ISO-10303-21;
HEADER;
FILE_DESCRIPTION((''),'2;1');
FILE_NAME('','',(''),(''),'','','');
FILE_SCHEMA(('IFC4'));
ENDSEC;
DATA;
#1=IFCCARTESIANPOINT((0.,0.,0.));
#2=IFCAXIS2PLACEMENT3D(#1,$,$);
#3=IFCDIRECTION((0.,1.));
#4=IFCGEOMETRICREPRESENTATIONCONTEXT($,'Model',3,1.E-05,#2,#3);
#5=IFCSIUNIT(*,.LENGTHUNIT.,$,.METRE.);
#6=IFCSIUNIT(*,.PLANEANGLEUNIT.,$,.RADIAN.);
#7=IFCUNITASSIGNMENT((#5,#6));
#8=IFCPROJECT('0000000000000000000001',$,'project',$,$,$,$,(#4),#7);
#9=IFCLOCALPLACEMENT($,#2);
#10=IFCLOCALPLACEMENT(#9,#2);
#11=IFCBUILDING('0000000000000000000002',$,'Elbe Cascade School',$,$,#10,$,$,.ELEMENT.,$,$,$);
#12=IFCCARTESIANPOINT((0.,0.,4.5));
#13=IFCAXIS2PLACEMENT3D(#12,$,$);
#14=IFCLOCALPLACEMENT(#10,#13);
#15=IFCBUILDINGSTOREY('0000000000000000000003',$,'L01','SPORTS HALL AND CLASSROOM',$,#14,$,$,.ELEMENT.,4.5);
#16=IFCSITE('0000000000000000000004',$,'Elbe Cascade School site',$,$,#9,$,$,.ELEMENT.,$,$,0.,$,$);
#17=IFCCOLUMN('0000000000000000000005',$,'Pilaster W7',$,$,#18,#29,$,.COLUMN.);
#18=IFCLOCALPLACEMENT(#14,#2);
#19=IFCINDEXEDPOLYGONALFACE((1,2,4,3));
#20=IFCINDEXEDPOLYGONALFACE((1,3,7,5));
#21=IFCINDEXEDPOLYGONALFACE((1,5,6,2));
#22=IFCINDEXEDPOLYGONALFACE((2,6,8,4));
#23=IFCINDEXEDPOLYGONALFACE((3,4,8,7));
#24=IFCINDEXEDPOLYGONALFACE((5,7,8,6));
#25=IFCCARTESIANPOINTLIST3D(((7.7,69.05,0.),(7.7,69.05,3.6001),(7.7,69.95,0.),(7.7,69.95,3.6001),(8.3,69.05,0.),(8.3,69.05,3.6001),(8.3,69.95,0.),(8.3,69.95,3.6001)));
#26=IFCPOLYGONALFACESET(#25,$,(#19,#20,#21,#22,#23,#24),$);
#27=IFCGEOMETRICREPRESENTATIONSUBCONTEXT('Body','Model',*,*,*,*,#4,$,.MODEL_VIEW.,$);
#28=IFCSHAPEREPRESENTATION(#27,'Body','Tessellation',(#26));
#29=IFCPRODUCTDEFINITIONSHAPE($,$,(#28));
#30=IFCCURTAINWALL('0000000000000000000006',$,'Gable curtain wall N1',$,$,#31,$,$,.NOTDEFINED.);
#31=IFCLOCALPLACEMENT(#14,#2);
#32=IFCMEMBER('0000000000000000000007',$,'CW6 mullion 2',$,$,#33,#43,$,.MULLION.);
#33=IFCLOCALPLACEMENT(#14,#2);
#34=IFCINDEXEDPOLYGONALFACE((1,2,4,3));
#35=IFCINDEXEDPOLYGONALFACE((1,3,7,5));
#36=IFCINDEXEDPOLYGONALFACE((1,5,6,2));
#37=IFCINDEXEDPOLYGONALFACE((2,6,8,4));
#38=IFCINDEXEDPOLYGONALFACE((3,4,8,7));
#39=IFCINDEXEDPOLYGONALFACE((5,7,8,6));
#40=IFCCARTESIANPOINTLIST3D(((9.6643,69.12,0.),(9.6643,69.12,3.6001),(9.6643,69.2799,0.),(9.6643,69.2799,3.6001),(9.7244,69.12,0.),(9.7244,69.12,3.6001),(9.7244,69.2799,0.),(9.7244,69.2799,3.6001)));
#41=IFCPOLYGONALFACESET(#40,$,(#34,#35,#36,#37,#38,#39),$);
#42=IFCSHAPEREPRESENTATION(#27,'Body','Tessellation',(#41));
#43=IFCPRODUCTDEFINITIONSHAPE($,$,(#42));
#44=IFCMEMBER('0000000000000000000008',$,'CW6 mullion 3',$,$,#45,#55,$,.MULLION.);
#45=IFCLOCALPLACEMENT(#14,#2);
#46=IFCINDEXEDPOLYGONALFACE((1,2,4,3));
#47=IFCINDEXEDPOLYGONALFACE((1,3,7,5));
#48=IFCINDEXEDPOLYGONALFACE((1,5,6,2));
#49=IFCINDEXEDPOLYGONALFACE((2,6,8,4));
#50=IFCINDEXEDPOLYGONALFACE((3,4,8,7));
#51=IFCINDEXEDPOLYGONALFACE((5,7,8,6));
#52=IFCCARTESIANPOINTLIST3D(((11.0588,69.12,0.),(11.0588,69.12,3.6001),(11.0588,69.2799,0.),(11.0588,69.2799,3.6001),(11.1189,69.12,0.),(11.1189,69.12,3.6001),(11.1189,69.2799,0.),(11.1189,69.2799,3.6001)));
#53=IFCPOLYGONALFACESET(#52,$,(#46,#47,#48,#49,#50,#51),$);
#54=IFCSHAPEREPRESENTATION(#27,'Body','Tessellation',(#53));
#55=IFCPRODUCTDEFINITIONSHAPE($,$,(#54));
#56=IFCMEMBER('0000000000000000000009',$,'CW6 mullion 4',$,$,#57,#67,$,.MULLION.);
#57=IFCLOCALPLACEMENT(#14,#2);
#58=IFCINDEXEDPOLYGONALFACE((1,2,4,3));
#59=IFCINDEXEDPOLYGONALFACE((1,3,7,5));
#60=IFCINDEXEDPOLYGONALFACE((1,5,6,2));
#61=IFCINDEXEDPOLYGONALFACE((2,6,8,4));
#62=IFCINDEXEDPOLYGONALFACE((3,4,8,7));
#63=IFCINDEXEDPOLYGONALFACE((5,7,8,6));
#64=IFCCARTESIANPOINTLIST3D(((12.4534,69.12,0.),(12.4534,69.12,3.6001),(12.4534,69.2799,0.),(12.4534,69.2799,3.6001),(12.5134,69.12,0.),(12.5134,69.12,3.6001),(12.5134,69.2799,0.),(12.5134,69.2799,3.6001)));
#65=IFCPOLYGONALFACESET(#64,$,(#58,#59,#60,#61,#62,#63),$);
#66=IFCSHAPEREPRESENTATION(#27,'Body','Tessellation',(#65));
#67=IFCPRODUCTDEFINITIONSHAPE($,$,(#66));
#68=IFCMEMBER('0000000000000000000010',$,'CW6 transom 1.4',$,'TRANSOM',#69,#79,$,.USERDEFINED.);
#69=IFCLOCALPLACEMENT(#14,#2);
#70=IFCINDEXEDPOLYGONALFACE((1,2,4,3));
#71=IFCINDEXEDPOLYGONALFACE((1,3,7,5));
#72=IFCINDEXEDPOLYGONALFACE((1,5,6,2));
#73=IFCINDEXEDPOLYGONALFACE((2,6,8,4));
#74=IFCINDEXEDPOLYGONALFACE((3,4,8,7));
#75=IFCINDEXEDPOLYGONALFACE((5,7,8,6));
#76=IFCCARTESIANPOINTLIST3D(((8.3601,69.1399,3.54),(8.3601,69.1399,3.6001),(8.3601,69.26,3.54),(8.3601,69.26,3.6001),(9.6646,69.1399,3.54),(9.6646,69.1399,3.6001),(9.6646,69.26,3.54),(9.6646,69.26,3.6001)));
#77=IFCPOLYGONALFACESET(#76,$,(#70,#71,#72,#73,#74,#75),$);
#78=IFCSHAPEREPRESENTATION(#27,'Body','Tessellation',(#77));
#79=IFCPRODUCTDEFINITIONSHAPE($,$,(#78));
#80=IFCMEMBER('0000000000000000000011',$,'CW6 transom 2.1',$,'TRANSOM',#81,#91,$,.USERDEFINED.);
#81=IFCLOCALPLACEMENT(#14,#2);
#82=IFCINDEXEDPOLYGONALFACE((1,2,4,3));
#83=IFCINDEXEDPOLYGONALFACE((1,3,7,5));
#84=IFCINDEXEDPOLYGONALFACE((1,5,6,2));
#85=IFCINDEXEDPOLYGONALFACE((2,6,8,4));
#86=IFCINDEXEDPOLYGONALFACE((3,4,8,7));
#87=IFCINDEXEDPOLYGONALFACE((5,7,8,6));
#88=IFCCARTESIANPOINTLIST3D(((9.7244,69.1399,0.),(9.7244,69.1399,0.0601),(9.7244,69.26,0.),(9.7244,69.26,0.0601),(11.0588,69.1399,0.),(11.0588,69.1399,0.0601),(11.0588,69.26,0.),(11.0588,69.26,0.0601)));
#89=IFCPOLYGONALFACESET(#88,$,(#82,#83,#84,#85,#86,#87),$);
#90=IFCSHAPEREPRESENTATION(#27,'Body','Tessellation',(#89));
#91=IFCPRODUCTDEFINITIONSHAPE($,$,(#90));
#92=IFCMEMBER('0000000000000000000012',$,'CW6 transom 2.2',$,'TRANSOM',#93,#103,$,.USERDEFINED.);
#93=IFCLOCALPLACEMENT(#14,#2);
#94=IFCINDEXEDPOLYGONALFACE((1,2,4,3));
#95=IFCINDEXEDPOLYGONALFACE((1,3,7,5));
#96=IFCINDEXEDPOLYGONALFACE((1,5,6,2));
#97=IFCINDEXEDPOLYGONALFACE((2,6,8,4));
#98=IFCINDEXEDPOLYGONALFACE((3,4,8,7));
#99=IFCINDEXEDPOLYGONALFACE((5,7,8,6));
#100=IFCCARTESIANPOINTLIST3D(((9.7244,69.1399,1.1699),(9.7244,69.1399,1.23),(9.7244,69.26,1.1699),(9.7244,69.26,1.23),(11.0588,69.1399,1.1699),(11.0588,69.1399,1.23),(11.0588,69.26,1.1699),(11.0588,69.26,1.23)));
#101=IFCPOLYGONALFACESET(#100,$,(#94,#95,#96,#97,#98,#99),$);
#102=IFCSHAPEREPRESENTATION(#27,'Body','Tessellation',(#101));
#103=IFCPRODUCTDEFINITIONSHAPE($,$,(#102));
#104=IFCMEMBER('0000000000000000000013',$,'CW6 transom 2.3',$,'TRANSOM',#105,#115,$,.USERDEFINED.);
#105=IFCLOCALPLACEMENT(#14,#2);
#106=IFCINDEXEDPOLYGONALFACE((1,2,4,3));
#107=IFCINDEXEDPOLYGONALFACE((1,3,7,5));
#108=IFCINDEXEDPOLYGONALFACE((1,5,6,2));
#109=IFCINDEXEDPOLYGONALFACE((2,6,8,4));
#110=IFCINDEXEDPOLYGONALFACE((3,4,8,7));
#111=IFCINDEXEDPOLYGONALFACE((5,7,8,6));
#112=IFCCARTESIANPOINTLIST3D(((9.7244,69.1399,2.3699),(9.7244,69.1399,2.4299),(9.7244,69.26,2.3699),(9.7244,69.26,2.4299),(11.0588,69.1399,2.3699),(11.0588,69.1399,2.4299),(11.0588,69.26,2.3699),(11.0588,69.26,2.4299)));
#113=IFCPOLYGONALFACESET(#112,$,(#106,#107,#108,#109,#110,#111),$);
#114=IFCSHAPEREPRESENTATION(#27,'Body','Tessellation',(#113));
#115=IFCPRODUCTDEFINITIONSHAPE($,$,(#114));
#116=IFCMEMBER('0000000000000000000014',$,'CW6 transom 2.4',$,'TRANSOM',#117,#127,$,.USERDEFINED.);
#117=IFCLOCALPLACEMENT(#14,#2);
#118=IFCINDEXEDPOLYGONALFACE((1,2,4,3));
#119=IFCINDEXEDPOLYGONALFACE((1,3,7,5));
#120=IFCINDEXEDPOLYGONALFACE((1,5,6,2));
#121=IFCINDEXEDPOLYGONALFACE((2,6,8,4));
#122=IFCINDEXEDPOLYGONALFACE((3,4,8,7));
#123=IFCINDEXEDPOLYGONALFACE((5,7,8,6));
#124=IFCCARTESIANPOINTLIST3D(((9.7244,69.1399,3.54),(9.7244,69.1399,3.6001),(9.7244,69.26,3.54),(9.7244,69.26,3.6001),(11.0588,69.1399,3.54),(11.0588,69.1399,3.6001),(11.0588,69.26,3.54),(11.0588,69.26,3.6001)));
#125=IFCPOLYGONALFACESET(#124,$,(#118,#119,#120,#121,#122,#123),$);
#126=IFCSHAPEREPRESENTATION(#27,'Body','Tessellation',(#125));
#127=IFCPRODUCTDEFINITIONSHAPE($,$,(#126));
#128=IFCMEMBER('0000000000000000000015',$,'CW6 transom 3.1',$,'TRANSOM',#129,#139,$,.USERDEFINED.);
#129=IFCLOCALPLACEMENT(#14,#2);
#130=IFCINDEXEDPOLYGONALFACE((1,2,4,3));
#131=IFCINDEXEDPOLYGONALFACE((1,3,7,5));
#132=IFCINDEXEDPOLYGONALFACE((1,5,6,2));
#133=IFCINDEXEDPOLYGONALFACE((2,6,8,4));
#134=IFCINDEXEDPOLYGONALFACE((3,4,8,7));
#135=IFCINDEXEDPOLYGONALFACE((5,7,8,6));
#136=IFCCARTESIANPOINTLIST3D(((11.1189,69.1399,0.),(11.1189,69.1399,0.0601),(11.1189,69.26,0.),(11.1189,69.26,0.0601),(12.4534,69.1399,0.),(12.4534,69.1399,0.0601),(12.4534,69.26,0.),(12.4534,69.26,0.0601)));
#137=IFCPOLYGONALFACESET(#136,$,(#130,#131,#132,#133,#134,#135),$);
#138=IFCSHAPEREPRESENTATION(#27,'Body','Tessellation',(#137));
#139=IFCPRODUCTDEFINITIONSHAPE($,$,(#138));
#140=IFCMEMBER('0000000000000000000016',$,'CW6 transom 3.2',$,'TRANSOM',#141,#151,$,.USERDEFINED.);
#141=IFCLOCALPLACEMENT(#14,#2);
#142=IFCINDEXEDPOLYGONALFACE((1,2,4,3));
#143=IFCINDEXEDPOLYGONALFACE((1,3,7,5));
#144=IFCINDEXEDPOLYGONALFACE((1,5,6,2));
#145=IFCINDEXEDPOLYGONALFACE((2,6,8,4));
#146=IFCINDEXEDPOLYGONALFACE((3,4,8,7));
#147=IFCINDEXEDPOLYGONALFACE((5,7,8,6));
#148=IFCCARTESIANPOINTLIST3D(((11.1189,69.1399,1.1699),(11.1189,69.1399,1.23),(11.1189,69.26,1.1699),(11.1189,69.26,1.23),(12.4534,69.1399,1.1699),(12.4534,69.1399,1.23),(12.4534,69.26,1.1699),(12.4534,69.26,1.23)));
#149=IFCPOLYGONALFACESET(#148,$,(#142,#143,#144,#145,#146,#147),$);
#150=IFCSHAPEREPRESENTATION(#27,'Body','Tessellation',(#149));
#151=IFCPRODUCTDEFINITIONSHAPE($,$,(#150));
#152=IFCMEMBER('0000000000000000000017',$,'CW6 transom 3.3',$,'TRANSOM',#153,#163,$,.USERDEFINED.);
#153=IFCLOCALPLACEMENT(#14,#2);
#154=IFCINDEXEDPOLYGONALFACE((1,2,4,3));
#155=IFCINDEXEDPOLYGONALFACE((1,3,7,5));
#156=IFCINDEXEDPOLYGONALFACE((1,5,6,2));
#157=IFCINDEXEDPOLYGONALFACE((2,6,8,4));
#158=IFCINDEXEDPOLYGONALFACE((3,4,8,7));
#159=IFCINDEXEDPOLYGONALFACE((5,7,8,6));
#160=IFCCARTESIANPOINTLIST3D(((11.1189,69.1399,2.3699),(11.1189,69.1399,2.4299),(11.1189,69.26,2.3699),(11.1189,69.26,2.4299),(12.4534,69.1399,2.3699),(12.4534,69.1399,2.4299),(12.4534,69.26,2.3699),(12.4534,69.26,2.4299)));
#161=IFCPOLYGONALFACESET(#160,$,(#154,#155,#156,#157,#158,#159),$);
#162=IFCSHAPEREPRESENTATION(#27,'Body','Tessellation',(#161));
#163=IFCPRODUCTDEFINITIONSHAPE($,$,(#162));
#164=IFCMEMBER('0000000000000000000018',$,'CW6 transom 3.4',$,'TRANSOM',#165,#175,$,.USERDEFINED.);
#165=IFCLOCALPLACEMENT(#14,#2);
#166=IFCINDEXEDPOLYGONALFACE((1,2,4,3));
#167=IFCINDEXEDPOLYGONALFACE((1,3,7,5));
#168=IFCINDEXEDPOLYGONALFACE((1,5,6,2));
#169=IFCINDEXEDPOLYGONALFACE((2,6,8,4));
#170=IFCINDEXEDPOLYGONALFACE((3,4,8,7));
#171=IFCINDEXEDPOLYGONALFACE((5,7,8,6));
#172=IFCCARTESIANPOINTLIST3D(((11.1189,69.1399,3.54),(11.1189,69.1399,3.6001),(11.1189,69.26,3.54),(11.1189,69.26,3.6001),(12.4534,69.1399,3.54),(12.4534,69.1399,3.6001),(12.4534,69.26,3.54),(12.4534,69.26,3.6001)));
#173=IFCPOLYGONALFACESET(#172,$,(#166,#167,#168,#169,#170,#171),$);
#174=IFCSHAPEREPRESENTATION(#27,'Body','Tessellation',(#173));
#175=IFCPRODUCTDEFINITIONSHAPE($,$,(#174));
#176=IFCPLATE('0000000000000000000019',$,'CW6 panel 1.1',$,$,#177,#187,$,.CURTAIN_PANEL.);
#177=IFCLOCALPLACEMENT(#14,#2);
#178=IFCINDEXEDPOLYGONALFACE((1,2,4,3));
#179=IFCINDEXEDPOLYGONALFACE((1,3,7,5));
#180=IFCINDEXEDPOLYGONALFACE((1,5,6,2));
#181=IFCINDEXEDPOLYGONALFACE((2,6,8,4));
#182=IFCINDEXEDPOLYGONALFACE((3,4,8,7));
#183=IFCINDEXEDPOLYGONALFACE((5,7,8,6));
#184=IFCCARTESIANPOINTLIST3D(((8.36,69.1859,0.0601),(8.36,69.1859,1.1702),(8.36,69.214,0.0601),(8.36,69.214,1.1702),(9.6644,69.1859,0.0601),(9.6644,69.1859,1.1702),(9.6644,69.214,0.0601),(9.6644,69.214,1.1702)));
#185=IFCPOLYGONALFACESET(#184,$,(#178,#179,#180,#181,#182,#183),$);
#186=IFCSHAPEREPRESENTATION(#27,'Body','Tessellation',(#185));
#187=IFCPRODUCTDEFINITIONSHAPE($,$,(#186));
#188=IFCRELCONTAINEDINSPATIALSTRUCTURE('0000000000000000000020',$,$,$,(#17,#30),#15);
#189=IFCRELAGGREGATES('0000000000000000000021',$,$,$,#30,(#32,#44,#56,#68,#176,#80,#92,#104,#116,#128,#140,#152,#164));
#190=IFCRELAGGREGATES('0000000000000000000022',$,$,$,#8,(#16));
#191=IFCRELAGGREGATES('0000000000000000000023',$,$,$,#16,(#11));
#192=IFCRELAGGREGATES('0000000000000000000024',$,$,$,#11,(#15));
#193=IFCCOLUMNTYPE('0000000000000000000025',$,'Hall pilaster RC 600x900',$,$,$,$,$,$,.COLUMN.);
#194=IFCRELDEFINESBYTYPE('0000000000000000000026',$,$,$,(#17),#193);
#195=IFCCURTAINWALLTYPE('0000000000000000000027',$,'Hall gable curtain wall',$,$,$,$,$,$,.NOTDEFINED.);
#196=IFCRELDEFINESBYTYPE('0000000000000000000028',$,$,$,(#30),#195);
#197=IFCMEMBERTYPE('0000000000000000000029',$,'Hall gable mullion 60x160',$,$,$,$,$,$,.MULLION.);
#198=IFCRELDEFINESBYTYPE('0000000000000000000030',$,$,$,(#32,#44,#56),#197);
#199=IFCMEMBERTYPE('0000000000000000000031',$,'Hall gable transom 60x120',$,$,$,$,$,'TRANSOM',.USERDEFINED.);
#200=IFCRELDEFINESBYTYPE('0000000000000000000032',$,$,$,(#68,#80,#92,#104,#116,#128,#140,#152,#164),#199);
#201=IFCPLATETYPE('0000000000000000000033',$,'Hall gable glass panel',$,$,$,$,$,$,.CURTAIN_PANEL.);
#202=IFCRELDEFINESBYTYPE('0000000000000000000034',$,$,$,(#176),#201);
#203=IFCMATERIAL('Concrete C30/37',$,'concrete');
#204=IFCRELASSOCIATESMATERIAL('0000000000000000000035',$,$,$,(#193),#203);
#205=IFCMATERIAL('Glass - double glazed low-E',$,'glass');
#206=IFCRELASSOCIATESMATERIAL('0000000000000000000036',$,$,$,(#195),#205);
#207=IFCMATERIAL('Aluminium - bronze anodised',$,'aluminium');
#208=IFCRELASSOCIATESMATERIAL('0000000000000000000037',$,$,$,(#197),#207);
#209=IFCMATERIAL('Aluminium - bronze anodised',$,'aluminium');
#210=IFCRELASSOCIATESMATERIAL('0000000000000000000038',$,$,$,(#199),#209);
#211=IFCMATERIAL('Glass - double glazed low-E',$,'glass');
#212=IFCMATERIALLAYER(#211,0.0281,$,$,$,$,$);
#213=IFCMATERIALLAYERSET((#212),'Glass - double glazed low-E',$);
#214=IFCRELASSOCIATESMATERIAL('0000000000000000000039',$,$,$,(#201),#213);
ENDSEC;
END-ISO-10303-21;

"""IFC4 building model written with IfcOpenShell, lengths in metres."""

from ifc_helpers import new_model, si_unit, direction, frame, origin, origin_2d, place, context, subcontext, project, spatial, rectangle, extrude, material, layer, layer_set, material_profile, profile_set, type_object, element, aggregate, save


model = new_model("IFC4")

# Units and contexts
model_context = context("Model", 3, precision=1e-05, world=origin(), true_north=direction((0.0, 1.0)))
body_context = subcontext(model_context, "Body", "Model", "MODEL_VIEW")
ifc_project = project(units=[si_unit("LENGTHUNIT", "METRE"), si_unit("PLANEANGLEUNIT", "RADIAN")], contexts=[model_context])

# Site, building, storey
site_placement = place(None, origin())
site = spatial("IfcSite", under=ifc_project, at=site_placement, Name="Elbe Cascade School site", CompositionType="ELEMENT", RefElevation=0.0)
building_placement = place(site_placement, origin())
building = spatial("IfcBuilding", under=site, at=building_placement, Name="Elbe Cascade School", CompositionType="ELEMENT")
storey_placement = place(building_placement, frame((0.0, 0.0, 4.5)))
storey = spatial("IfcBuildingStorey", under=building, at=storey_placement, Name="L01", Description="SPORTS HALL AND CLASSROOM", CompositionType="ELEMENT", Elevation=4.5)

# Column
ifc_material_1 = material(Name="Concrete C30/37", Category="concrete")
ifc_material_profile_1 = material_profile(ifc_material_1, rectangle(XDim=0.6001, YDim=0.8999, at=origin_2d()), Name="RC 600x900")
ifc_profile_set_1 = profile_set([ifc_material_profile_1], Name="Concrete C30/37")
column_type = type_object("IfcColumnType", Name="Hall pilaster RC 600x900", PredefinedType="COLUMN", material=ifc_profile_set_1)
column_placement = place(storey_placement, frame((8.0, 69.5, 0.0), z_axis=(0.0, 0.0, 1.0), x_axis=(1.0, 0.0, 0.0)))
element("IfcColumn", 1, at=column_placement, inside=storey, type_object=column_type, Name="Pilaster W7", PredefinedType="COLUMN", context=body_context, shape_type="SweptSolid", body=[
    extrude(rectangle(XDim=0.6001, YDim=0.8999, at=origin_2d()), origin(), (0.0, 0.0, 1.0), 3.6001),
])

# Curtain wall, members, plate
ifc_material_2 = material(Name="Glass - double glazed low-E", Category="glass")
curtain_wall_type = type_object("IfcCurtainWallType", Name="Hall gable curtain wall", PredefinedType="NOTDEFINED", material=ifc_material_2)
curtain_wall_placement = place(storey_placement, origin())
curtain_wall = element("IfcCurtainWall", 2, at=curtain_wall_placement, inside=storey, type_object=curtain_wall_type, Name="Gable curtain wall N1", PredefinedType="NOTDEFINED")
ifc_material_3 = material(Name="Aluminium - bronze anodised", Category="aluminium")
ifc_material_profile_2 = material_profile(ifc_material_3, rectangle(XDim=0.1599, YDim=0.0601, at=origin_2d()), Name="Alu 60x160")
ifc_profile_set_2 = profile_set([ifc_material_profile_2], Name="Aluminium - bronze anodised")
member_type_1 = type_object("IfcMemberType", Name="Hall gable mullion 60x160", PredefinedType="MULLION", material=ifc_profile_set_2)
member_1_placement = place(storey_placement, frame((9.6943, 69.2, 0.0), z_axis=(0.0, 0.0, 1.0), x_axis=(0.0, 1.0, 0.0)))
member_1 = element("IfcMember", 3, at=member_1_placement, type_object=member_type_1, Name="CW6 mullion 2", PredefinedType="MULLION", context=body_context, shape_type="SweptSolid", body=[
    extrude(rectangle(XDim=0.1599, YDim=0.0601, at=origin_2d()), origin(), (0.0, 0.0, 1.0), 3.6001),
])
member_2_placement = place(storey_placement, frame((11.0889, 69.2, 0.0), z_axis=(0.0, 0.0, 1.0), x_axis=(0.0, 1.0, 0.0)))
member_2 = element("IfcMember", 4, at=member_2_placement, type_object=member_type_1, Name="CW6 mullion 3", PredefinedType="MULLION", context=body_context, shape_type="SweptSolid", body=[
    extrude(rectangle(XDim=0.1599, YDim=0.0601, at=origin_2d()), origin(), (0.0, 0.0, 1.0), 3.6001),
])
member_3_placement = place(storey_placement, frame((12.4834, 69.2, 0.0), z_axis=(0.0, 0.0, 1.0), x_axis=(0.0, 1.0, 0.0)))
member_3 = element("IfcMember", 5, at=member_3_placement, type_object=member_type_1, Name="CW6 mullion 4", PredefinedType="MULLION", context=body_context, shape_type="SweptSolid", body=[
    extrude(rectangle(XDim=0.1599, YDim=0.0601, at=origin_2d()), origin(), (0.0, 0.0, 1.0), 3.6001),
])
ifc_material_4 = material(Name="Aluminium - bronze anodised", Category="aluminium")
ifc_material_profile_3 = material_profile(ifc_material_4, rectangle(XDim=0.1201, YDim=0.0601, at=origin_2d()), Name="Alu 60x120")
ifc_profile_set_3 = profile_set([ifc_material_profile_3], Name="Aluminium - bronze anodised")
member_type_2 = type_object("IfcMemberType", Name="Hall gable transom 60x120", ElementType="TRANSOM", PredefinedType="USERDEFINED", material=ifc_profile_set_3)
member_4_placement = place(storey_placement, frame((8.3601, 69.2, 3.5701), z_axis=(1.0, 0.0, 0.0), x_axis=(0.0, 1.0, 0.0)))
member_4 = element("IfcMember", 6, at=member_4_placement, type_object=member_type_2, Name="CW6 transom 1.4", ObjectType="TRANSOM", PredefinedType="USERDEFINED", context=body_context, shape_type="SweptSolid", body=[
    extrude(rectangle(XDim=0.1201, YDim=0.0601, at=origin_2d()), origin(), (0.0, 0.0, 1.0), 1.3044),
])
member_5_placement = place(storey_placement, frame((9.7244, 69.2, 0.03), z_axis=(1.0, 0.0, 0.0), x_axis=(0.0, 1.0, 0.0)))
member_5 = element("IfcMember", 7, at=member_5_placement, type_object=member_type_2, Name="CW6 transom 2.1", ObjectType="TRANSOM", PredefinedType="USERDEFINED", context=body_context, shape_type="SweptSolid", body=[
    extrude(rectangle(XDim=0.1201, YDim=0.0601, at=origin_2d()), origin(), (0.0, 0.0, 1.0), 1.3345),
])
member_6_placement = place(storey_placement, frame((9.7244, 69.2, 1.2), z_axis=(1.0, 0.0, 0.0), x_axis=(0.0, 1.0, 0.0)))
member_6 = element("IfcMember", 8, at=member_6_placement, type_object=member_type_2, Name="CW6 transom 2.2", ObjectType="TRANSOM", PredefinedType="USERDEFINED", context=body_context, shape_type="SweptSolid", body=[
    extrude(rectangle(XDim=0.1201, YDim=0.0601, at=origin_2d()), origin(), (0.0, 0.0, 1.0), 1.3345),
])
member_7_placement = place(storey_placement, frame((9.7244, 69.2, 2.3999), z_axis=(1.0, 0.0, 0.0), x_axis=(0.0, 1.0, 0.0)))
member_7 = element("IfcMember", 9, at=member_7_placement, type_object=member_type_2, Name="CW6 transom 2.3", ObjectType="TRANSOM", PredefinedType="USERDEFINED", context=body_context, shape_type="SweptSolid", body=[
    extrude(rectangle(XDim=0.1201, YDim=0.0601, at=origin_2d()), origin(), (0.0, 0.0, 1.0), 1.3345),
])
member_8_placement = place(storey_placement, frame((9.7244, 69.2, 3.5701), z_axis=(1.0, 0.0, 0.0), x_axis=(0.0, 1.0, 0.0)))
member_8 = element("IfcMember", 10, at=member_8_placement, type_object=member_type_2, Name="CW6 transom 2.4", ObjectType="TRANSOM", PredefinedType="USERDEFINED", context=body_context, shape_type="SweptSolid", body=[
    extrude(rectangle(XDim=0.1201, YDim=0.0601, at=origin_2d()), origin(), (0.0, 0.0, 1.0), 1.3345),
])
member_9_placement = place(storey_placement, frame((11.1189, 69.2, 0.03), z_axis=(1.0, 0.0, 0.0), x_axis=(0.0, 1.0, 0.0)))
member_9 = element("IfcMember", 11, at=member_9_placement, type_object=member_type_2, Name="CW6 transom 3.1", ObjectType="TRANSOM", PredefinedType="USERDEFINED", context=body_context, shape_type="SweptSolid", body=[
    extrude(rectangle(XDim=0.1201, YDim=0.0601, at=origin_2d()), origin(), (0.0, 0.0, 1.0), 1.3345),
])
member_10_placement = place(storey_placement, frame((11.1189, 69.2, 1.2), z_axis=(1.0, 0.0, 0.0), x_axis=(0.0, 1.0, 0.0)))
member_10 = element("IfcMember", 12, at=member_10_placement, type_object=member_type_2, Name="CW6 transom 3.2", ObjectType="TRANSOM", PredefinedType="USERDEFINED", context=body_context, shape_type="SweptSolid", body=[
    extrude(rectangle(XDim=0.1201, YDim=0.0601, at=origin_2d()), origin(), (0.0, 0.0, 1.0), 1.3345),
])
member_11_placement = place(storey_placement, frame((11.1189, 69.2, 2.3999), z_axis=(1.0, 0.0, 0.0), x_axis=(0.0, 1.0, 0.0)))
member_11 = element("IfcMember", 13, at=member_11_placement, type_object=member_type_2, Name="CW6 transom 3.3", ObjectType="TRANSOM", PredefinedType="USERDEFINED", context=body_context, shape_type="SweptSolid", body=[
    extrude(rectangle(XDim=0.1201, YDim=0.0601, at=origin_2d()), origin(), (0.0, 0.0, 1.0), 1.3345),
])
member_12_placement = place(storey_placement, frame((11.1189, 69.2, 3.5701), z_axis=(1.0, 0.0, 0.0), x_axis=(0.0, 1.0, 0.0)))
member_12 = element("IfcMember", 14, at=member_12_placement, type_object=member_type_2, Name="CW6 transom 3.4", ObjectType="TRANSOM", PredefinedType="USERDEFINED", context=body_context, shape_type="SweptSolid", body=[
    extrude(rectangle(XDim=0.1201, YDim=0.0601, at=origin_2d()), origin(), (0.0, 0.0, 1.0), 1.3345),
])
ifc_material_5 = material(Name="Glass - double glazed low-E", Category="glass")
ifc_layer = layer(ifc_material_5, 0.0281)
ifc_layer_set = layer_set([ifc_layer], Name="Glass - double glazed low-E")
plate_type = type_object("IfcPlateType", Name="Hall gable glass panel", PredefinedType="CURTAIN_PANEL", material=ifc_layer_set)
plate_1_placement = place(storey_placement, frame((9.0122, 69.2, 0.0601), z_axis=(0.0, 0.0, 1.0), x_axis=(1.0, 0.0, 0.0)))
plate_1 = element("IfcPlate", 15, at=plate_1_placement, type_object=plate_type, Name="CW6 panel 1.1", PredefinedType="CURTAIN_PANEL", context=body_context, shape_type="SweptSolid", body=[
    extrude(rectangle(XDim=1.3044, YDim=0.0281, at=origin_2d()), origin(), (0.0, 0.0, 1.0), 1.1101),
])
aggregate(curtain_wall, [member_1, member_2, member_3, member_4, plate_1, member_5, member_6, member_7, member_8, member_9, member_10, member_11, member_12])

save(model, "model.ifc")
